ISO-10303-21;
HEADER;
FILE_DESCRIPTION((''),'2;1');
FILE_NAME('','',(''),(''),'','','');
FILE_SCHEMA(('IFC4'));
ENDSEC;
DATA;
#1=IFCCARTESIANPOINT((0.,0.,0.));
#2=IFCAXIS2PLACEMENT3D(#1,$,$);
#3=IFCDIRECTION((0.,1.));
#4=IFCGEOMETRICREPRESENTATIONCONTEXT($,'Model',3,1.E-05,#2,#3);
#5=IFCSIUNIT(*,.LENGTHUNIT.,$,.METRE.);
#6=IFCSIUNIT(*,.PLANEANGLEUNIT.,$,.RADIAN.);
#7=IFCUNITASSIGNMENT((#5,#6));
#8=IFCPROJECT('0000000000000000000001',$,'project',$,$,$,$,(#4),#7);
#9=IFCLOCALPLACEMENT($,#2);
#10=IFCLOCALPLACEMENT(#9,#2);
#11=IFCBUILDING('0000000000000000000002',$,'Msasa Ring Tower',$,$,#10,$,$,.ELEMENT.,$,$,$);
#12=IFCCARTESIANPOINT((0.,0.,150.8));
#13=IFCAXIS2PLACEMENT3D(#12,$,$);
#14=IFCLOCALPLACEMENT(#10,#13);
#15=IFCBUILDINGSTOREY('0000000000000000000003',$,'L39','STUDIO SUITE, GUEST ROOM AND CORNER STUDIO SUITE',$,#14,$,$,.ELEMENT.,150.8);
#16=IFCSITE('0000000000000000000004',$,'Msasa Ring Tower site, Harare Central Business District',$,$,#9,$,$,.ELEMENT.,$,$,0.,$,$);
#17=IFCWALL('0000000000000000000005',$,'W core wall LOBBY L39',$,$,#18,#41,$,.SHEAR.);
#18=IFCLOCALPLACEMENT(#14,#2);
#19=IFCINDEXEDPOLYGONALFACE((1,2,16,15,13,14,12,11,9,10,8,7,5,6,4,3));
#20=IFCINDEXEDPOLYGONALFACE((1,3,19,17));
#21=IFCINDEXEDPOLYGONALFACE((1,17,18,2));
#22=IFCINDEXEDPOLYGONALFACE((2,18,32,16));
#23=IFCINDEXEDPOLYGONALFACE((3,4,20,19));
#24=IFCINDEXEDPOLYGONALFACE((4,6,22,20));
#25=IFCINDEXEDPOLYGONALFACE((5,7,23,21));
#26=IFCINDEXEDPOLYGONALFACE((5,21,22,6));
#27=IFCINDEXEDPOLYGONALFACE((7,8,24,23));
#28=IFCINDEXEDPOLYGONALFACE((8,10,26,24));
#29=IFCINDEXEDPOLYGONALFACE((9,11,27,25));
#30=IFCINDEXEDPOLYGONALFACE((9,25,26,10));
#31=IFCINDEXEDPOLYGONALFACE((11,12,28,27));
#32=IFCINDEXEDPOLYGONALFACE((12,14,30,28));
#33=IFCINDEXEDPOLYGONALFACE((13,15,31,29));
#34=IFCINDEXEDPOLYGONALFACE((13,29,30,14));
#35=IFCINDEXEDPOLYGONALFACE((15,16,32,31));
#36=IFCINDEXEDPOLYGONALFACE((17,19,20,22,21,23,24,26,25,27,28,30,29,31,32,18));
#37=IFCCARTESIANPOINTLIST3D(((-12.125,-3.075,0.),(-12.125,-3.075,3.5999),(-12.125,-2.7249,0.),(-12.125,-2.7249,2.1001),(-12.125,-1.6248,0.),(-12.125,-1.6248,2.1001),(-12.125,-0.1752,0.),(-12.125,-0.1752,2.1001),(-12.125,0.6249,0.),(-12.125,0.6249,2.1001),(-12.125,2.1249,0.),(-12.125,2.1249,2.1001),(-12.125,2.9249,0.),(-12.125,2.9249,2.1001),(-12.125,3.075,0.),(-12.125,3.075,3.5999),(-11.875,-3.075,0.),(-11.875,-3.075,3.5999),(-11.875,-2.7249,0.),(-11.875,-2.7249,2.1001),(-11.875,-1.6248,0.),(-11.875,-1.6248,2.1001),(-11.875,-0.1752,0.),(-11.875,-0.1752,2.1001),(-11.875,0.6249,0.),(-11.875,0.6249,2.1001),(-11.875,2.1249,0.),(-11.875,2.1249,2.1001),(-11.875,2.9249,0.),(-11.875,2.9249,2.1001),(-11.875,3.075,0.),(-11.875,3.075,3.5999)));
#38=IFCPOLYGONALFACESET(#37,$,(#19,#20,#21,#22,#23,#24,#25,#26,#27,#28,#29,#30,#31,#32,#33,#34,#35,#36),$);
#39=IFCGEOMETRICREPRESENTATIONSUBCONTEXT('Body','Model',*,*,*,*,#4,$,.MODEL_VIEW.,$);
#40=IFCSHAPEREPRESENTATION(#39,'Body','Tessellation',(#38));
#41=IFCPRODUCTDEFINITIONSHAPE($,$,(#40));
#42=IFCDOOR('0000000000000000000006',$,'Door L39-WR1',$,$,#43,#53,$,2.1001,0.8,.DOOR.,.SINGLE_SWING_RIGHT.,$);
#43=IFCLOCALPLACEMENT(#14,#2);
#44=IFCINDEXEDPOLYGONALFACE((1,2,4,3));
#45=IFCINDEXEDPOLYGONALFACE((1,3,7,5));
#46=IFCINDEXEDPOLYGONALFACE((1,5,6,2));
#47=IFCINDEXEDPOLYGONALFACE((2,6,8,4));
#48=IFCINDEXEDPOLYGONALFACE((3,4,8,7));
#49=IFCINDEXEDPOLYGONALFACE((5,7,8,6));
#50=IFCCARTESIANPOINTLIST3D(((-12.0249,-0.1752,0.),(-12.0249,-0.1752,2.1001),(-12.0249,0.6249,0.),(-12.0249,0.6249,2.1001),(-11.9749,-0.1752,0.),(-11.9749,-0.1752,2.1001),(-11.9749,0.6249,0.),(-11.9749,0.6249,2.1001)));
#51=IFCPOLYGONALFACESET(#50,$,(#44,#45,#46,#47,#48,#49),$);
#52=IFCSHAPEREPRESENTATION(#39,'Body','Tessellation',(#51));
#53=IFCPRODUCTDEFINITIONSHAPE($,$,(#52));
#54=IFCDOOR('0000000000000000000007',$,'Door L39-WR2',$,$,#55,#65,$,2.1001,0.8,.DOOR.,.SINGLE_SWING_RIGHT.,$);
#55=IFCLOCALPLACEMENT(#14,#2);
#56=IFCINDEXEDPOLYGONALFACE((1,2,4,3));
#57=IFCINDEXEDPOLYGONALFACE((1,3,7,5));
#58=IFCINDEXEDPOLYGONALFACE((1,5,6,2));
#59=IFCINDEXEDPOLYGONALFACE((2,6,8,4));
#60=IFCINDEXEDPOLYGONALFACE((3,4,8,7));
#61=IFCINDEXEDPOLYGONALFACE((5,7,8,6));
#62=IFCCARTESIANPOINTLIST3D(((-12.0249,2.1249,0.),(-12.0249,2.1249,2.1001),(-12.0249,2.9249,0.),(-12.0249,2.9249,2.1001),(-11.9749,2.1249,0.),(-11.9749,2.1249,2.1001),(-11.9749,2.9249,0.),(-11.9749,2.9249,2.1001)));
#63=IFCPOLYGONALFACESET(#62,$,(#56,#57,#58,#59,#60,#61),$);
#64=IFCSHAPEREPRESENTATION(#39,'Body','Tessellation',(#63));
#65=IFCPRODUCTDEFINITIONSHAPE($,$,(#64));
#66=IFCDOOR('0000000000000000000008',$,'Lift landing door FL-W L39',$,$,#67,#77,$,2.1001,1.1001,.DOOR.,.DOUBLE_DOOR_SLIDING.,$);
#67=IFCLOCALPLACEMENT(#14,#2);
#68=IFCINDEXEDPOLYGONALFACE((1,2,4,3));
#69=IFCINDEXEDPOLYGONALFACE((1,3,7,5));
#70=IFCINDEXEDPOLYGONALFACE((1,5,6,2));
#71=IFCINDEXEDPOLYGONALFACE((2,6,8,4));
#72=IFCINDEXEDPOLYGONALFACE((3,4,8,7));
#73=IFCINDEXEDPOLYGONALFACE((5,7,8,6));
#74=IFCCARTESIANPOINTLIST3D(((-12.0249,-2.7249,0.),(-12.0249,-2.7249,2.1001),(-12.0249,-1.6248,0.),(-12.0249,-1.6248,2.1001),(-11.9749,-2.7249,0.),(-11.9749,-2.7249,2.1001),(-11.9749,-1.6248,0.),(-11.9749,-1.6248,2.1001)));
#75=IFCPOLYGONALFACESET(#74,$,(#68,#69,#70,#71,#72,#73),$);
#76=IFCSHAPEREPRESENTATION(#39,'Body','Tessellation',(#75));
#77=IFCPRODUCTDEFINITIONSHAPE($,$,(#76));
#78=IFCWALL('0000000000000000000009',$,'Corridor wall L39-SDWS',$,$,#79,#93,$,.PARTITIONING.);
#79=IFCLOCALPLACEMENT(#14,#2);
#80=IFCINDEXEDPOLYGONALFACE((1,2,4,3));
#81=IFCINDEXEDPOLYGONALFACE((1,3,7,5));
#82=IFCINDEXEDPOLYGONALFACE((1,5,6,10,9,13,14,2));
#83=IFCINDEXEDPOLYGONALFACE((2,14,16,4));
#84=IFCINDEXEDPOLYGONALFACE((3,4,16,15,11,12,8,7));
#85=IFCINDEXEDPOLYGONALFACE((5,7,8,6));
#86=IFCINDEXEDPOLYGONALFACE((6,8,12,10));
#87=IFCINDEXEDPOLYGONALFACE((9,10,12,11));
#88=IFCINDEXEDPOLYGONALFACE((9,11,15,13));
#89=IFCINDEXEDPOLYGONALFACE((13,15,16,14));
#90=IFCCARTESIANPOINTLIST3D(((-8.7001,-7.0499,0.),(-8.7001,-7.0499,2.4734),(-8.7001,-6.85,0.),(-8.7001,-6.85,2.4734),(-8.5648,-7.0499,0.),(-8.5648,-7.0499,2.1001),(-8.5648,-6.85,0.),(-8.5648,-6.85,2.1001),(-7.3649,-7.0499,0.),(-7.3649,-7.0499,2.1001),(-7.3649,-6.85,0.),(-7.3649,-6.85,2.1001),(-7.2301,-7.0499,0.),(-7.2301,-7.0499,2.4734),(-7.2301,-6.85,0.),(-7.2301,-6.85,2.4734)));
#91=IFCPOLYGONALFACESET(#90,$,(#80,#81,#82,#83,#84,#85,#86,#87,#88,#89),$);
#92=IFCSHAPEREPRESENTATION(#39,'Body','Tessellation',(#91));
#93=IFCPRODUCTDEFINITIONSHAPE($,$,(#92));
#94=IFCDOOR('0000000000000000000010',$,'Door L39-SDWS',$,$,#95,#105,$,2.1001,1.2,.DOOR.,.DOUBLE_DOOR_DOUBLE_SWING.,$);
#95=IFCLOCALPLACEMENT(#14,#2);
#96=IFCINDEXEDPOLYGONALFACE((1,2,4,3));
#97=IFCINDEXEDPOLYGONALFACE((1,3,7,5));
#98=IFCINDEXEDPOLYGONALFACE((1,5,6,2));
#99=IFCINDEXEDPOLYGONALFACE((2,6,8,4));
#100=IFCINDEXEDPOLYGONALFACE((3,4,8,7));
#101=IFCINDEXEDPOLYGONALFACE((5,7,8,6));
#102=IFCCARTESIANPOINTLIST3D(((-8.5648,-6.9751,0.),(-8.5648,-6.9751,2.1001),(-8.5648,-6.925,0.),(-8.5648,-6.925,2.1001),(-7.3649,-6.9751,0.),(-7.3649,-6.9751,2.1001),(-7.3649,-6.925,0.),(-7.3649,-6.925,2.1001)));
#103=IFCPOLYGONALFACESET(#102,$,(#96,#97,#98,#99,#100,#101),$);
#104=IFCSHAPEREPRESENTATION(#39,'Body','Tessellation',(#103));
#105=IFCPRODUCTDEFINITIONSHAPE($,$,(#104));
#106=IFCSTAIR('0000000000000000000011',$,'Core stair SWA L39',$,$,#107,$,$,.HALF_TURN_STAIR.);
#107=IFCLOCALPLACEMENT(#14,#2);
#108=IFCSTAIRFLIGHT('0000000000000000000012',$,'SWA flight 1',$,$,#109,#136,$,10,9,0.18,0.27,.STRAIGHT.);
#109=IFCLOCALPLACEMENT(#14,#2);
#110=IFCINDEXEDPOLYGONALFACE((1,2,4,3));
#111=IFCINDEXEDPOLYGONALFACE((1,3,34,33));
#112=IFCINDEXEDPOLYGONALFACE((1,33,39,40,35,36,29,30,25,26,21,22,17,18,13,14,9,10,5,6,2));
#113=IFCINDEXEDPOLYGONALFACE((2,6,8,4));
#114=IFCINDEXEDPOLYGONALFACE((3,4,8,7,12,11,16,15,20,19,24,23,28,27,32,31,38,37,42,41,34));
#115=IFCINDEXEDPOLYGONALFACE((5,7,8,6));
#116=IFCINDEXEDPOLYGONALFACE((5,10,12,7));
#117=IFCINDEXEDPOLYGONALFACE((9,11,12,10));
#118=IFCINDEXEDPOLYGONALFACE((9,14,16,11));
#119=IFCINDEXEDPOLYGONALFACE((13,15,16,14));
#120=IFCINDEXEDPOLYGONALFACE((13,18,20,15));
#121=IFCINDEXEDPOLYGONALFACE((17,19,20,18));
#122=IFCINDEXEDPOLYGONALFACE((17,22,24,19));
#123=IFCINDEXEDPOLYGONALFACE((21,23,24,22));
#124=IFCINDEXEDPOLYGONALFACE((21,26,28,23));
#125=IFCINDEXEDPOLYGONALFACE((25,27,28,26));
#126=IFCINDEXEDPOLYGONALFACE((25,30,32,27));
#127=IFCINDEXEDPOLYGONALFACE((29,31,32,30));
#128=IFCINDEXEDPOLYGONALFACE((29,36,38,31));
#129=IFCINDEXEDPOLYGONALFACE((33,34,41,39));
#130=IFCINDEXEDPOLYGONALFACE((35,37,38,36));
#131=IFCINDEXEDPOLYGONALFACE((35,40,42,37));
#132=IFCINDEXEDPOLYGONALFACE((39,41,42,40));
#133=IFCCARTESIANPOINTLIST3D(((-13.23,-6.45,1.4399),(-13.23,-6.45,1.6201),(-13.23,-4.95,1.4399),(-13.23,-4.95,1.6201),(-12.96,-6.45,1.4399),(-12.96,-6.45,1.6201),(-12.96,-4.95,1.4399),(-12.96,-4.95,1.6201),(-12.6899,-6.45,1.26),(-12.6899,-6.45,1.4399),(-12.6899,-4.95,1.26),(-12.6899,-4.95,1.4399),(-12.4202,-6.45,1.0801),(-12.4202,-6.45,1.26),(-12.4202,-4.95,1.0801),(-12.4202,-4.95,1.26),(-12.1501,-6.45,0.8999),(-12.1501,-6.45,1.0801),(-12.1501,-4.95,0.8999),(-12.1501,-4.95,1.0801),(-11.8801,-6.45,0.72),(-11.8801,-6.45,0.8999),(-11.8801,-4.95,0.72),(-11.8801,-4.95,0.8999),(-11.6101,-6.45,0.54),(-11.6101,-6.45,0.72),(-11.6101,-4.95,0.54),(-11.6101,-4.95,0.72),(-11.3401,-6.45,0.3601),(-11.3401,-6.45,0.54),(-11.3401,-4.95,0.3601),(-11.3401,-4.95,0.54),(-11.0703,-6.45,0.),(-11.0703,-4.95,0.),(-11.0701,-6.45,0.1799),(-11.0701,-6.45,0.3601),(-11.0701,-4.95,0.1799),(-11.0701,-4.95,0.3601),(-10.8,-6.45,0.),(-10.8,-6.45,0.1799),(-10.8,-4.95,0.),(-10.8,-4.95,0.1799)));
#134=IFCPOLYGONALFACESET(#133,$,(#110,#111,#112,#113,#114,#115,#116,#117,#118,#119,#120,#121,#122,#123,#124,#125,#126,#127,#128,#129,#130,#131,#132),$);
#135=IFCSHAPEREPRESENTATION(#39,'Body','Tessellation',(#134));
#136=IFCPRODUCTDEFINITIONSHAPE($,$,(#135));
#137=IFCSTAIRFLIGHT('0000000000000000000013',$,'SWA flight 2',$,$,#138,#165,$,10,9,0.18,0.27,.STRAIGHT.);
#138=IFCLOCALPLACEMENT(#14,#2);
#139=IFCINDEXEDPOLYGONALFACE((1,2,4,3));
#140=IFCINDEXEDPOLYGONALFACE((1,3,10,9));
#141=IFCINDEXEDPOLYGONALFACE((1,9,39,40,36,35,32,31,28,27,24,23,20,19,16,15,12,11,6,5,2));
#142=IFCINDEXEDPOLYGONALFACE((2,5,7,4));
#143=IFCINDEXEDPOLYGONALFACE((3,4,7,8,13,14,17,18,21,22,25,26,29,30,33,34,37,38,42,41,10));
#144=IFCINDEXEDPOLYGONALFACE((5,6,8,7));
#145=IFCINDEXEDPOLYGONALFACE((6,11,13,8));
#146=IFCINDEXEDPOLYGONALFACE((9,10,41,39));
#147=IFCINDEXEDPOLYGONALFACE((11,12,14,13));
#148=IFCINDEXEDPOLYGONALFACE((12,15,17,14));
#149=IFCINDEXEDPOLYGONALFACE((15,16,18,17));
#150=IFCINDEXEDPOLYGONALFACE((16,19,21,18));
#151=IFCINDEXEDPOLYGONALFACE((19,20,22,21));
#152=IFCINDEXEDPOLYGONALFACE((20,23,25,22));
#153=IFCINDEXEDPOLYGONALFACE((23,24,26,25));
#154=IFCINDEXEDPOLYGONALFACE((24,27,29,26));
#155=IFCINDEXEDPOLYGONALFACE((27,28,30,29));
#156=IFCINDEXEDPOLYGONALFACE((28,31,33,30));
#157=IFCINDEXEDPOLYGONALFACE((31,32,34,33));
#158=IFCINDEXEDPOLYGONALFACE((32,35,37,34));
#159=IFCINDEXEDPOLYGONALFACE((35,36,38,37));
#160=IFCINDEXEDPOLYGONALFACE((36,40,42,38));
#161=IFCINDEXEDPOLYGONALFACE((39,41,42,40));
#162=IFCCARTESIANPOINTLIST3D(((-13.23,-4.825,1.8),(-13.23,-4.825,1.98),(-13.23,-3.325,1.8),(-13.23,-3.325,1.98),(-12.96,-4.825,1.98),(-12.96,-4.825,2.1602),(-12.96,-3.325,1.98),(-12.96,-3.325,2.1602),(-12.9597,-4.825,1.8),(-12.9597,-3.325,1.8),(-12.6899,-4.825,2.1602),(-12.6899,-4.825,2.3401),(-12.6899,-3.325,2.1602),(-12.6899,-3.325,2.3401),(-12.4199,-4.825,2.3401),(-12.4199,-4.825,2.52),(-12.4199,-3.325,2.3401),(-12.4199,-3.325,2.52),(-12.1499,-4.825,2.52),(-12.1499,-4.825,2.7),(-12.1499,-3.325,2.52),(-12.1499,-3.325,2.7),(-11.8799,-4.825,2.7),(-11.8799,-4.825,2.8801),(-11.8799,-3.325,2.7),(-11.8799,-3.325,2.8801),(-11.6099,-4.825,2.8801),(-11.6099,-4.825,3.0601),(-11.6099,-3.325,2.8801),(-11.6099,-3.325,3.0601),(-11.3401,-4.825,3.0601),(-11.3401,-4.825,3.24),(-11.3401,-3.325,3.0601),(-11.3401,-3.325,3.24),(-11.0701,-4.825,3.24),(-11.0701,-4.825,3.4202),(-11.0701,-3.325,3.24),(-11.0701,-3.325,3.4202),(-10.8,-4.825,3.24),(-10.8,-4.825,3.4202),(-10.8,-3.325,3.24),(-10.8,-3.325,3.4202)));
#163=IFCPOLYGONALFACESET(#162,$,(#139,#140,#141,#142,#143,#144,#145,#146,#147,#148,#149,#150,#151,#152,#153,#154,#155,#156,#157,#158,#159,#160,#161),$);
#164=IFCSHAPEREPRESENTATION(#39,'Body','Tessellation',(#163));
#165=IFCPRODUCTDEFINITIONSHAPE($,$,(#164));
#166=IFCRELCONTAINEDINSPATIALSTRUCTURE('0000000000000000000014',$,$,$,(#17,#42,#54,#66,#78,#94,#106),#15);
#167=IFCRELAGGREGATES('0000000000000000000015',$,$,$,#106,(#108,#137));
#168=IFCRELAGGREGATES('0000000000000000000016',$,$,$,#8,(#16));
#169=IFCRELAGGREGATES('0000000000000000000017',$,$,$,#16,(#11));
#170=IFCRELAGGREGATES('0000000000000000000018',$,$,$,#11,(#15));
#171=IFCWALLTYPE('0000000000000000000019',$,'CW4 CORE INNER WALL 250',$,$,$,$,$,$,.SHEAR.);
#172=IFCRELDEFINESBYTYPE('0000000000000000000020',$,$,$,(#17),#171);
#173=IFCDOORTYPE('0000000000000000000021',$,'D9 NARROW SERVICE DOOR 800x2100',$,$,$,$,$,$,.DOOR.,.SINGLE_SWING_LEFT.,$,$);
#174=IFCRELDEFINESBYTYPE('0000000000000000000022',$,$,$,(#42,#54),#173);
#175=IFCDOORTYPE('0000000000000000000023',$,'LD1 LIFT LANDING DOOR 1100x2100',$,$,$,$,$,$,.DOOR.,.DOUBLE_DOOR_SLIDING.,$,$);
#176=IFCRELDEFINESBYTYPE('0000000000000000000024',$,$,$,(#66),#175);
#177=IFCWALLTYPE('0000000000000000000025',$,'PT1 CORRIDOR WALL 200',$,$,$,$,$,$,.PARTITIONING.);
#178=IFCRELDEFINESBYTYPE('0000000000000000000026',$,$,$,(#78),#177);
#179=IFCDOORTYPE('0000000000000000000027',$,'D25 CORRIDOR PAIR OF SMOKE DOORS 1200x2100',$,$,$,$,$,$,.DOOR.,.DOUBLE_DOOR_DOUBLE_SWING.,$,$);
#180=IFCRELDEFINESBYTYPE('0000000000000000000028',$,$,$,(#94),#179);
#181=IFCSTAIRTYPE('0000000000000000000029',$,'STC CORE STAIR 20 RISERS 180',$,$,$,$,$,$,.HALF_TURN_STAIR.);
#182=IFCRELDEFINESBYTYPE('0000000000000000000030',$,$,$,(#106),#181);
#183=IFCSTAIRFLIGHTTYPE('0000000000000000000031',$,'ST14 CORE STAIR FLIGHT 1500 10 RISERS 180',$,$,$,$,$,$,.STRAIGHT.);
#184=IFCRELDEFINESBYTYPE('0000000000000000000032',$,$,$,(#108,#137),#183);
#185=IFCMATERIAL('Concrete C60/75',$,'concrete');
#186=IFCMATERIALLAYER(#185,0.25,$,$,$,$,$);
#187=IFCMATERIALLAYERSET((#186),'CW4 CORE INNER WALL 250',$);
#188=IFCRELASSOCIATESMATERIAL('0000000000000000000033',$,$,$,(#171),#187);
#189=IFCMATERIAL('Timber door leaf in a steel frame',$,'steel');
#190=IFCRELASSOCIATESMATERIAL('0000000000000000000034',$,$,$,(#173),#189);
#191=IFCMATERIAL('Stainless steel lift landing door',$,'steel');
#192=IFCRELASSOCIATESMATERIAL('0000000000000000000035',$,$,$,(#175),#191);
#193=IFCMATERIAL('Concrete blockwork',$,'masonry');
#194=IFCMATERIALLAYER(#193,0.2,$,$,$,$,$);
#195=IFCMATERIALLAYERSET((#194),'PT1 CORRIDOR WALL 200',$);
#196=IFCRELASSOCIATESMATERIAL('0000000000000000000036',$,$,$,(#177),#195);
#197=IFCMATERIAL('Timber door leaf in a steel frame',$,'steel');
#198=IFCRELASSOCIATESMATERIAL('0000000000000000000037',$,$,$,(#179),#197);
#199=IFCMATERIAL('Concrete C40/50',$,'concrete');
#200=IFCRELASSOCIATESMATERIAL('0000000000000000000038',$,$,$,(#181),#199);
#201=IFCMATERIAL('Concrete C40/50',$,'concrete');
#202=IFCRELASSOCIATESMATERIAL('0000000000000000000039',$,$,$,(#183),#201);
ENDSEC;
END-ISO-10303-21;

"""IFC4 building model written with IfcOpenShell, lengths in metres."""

from ifc_helpers import new_model, si_unit, direction, frame, frame_2d, origin, place, context, subcontext, project, spatial, polyline, rectangle, outline, extrude, material, layer, layer_set, type_object, element, fill, aggregate, save


model = new_model("IFC4")

# Units and contexts
model_context = context("Model", 3, precision=1e-05, world=origin(), true_north=direction((0.0, 1.0)))
body_context = subcontext(model_context, "Body", "Model", "MODEL_VIEW")
ifc_project = project(units=[si_unit("LENGTHUNIT", "METRE"), si_unit("PLANEANGLEUNIT", "RADIAN")], contexts=[model_context])

# Site, building, storey
site_placement = place(None, origin())
site = spatial("IfcSite", under=ifc_project, at=site_placement, Name="Msasa Ring Tower site, Harare Central Business District", CompositionType="ELEMENT", RefElevation=0.0)
building_placement = place(site_placement, origin())
building = spatial("IfcBuilding", under=site, at=building_placement, Name="Msasa Ring Tower", CompositionType="ELEMENT")
storey_placement = place(building_placement, frame((0.0, 0.0, 150.8)))
storey = spatial("IfcBuildingStorey", under=building, at=storey_placement, Name="L39", Description="STUDIO SUITE, GUEST ROOM AND CORNER STUDIO SUITE", CompositionType="ELEMENT", Elevation=150.8)

# Shared definitions
ifc_material_1 = material(Name="Concrete C60/75", Category="concrete")
ifc_layer_1 = layer(ifc_material_1, 0.25)
ifc_layer_set_1 = layer_set([ifc_layer_1], Name="CW4 CORE INNER WALL 250")
wall_type_1 = type_object("IfcWallType", Name="CW4 CORE INNER WALL 250", PredefinedType="SHEAR", material=ifc_layer_set_1)

# Wall, openings, doors
wall_1_placement = place(storey_placement, frame((-12.0, -3.075, 0.0), z_axis=(0.0, 0.0, 1.0), x_axis=(0.0, 1.0, 0.0)))
wall_1 = element("IfcWall", 1, at=wall_1_placement, inside=storey, type_object=wall_type_1, Name="W core wall LOBBY L39", PredefinedType="SHEAR", context=body_context, shape_type="SweptSolid", body=[
    extrude(rectangle(XDim=6.1499, YDim=0.25, at=frame_2d((3.075, 0.0))), origin(), (0.0, 0.0, 1.0), 3.5999),
])
opening_1_placement = place(wall_1_placement, frame((2.8999, 0.0, 0.0)))
opening_1 = element("IfcOpeningElement", 2, at=opening_1_placement, cuts=wall_1, PredefinedType="OPENING", context=body_context, shape_type="SweptSolid", body=[
    extrude(rectangle(XDim=0.8, YDim=2.1001, at=frame_2d((0.3999, 1.05))), frame((0.0, 0.135, 0.0), z_axis=(0.0, -1.0, 0.0), x_axis=(1.0, 0.0, 0.0)), (0.0, 0.0, 1.0), 0.27),
])
opening_2_placement = place(wall_1_placement, frame((5.2, 0.0, 0.0)))
opening_2 = element("IfcOpeningElement", 3, at=opening_2_placement, cuts=wall_1, PredefinedType="OPENING", context=body_context, shape_type="SweptSolid", body=[
    extrude(rectangle(XDim=0.8, YDim=2.1001, at=frame_2d((0.3999, 1.05))), frame((0.0, 0.135, 0.0), z_axis=(0.0, -1.0, 0.0), x_axis=(1.0, 0.0, 0.0)), (0.0, 0.0, 1.0), 0.27),
])
opening_3_placement = place(wall_1_placement, frame((0.3501, 0.0, 0.0)))
opening_3 = element("IfcOpeningElement", 4, at=opening_3_placement, cuts=wall_1, PredefinedType="OPENING", context=body_context, shape_type="SweptSolid", body=[
    extrude(rectangle(XDim=1.1001, YDim=2.1001, at=frame_2d((0.55, 1.05))), frame((0.0, 0.135, 0.0), z_axis=(0.0, -1.0, 0.0), x_axis=(1.0, 0.0, 0.0)), (0.0, 0.0, 1.0), 0.27),
])
ifc_material_2 = material(Name="Timber door leaf in a steel frame", Category="steel")
door_type_1 = type_object("IfcDoorType", Name="D9 NARROW SERVICE DOOR 800x2100", OperationType="SINGLE_SWING_LEFT", PredefinedType="DOOR", material=ifc_material_2)
door_1_placement = place(opening_1_placement, origin())
door_1 = element("IfcDoor", 5, at=door_1_placement, inside=storey, type_object=door_type_1, Name="Door L39-WR1", OperationType="SINGLE_SWING_RIGHT", OverallHeight=2.1001, OverallWidth=0.8, PredefinedType="DOOR", context=body_context, shape_type="SweptSolid", body=[
    extrude(rectangle(XDim=0.8, YDim=2.1001, at=frame_2d((0.3999, 1.05))), frame((0.0, 0.0249, 0.0), z_axis=(0.0, -1.0, 0.0), x_axis=(1.0, 0.0, 0.0)), (0.0, 0.0, 1.0), 0.05),
])
fill(opening_1, door_1)
door_2_placement = place(opening_2_placement, origin())
door_2 = element("IfcDoor", 6, at=door_2_placement, inside=storey, type_object=door_type_1, Name="Door L39-WR2", OperationType="SINGLE_SWING_RIGHT", OverallHeight=2.1001, OverallWidth=0.8, PredefinedType="DOOR", context=body_context, shape_type="SweptSolid", body=[
    extrude(rectangle(XDim=0.8, YDim=2.1001, at=frame_2d((0.3999, 1.05))), frame((0.0, 0.0249, 0.0), z_axis=(0.0, -1.0, 0.0), x_axis=(1.0, 0.0, 0.0)), (0.0, 0.0, 1.0), 0.05),
])
fill(opening_2, door_2)
ifc_material_3 = material(Name="Stainless steel lift landing door", Category="steel")
door_type_2 = type_object("IfcDoorType", Name="LD1 LIFT LANDING DOOR 1100x2100", OperationType="DOUBLE_DOOR_SLIDING", PredefinedType="DOOR", material=ifc_material_3)
door_3_placement = place(opening_3_placement, origin())
door_3 = element("IfcDoor", 7, at=door_3_placement, inside=storey, type_object=door_type_2, Name="Lift landing door FL-W L39", OperationType="DOUBLE_DOOR_SLIDING", OverallHeight=2.1001, OverallWidth=1.1001, PredefinedType="DOOR", context=body_context, shape_type="SweptSolid", body=[
    extrude(rectangle(XDim=1.1001, YDim=2.1001, at=frame_2d((0.55, 1.05))), frame((0.0, 0.0249, 0.0), z_axis=(0.0, -1.0, 0.0), x_axis=(1.0, 0.0, 0.0)), (0.0, 0.0, 1.0), 0.05),
])
fill(opening_3, door_3)

# Wall, opening, door
ifc_material_4 = material(Name="Concrete blockwork", Category="masonry")
ifc_layer_2 = layer(ifc_material_4, 0.2)
ifc_layer_set_2 = layer_set([ifc_layer_2], Name="PT1 CORRIDOR WALL 200")
wall_type_2 = type_object("IfcWallType", Name="PT1 CORRIDOR WALL 200", PredefinedType="PARTITIONING", material=ifc_layer_set_2)
wall_2_placement = place(storey_placement, frame((-8.7, -6.95, 0.0), z_axis=(0.0, 0.0, 1.0), x_axis=(1.0, 0.0, 0.0)))
wall_2 = element("IfcWall", 8, at=wall_2_placement, inside=storey, type_object=wall_type_2, Name="Corridor wall L39-SDWS", PredefinedType="PARTITIONING", context=body_context, shape_type="SweptSolid", body=[
    extrude(rectangle(XDim=1.47, YDim=0.2, at=frame_2d((0.7349, 0.0))), origin(), (0.0, 0.0, 1.0), 2.4734),
])
opening_4_placement = place(wall_2_placement, frame((0.135, 0.0, 0.0)))
opening_4 = element("IfcOpeningElement", 9, at=opening_4_placement, cuts=wall_2, PredefinedType="OPENING", context=body_context, shape_type="SweptSolid", body=[
    extrude(rectangle(XDim=1.2, YDim=2.1001, at=frame_2d((0.6001, 1.05))), frame((0.0, 0.1099, 0.0), z_axis=(0.0, -1.0, 0.0), x_axis=(1.0, 0.0, 0.0)), (0.0, 0.0, 1.0), 0.22),
])
ifc_material_5 = material(Name="Timber door leaf in a steel frame", Category="steel")
door_type_3 = type_object("IfcDoorType", Name="D25 CORRIDOR PAIR OF SMOKE DOORS 1200x2100", OperationType="DOUBLE_DOOR_DOUBLE_SWING", PredefinedType="DOOR", material=ifc_material_5)
door_4_placement = place(opening_4_placement, origin())
door_4 = element("IfcDoor", 10, at=door_4_placement, inside=storey, type_object=door_type_3, Name="Door L39-SDWS", OperationType="DOUBLE_DOOR_DOUBLE_SWING", OverallHeight=2.1001, OverallWidth=1.2, PredefinedType="DOOR", context=body_context, shape_type="SweptSolid", body=[
    extrude(rectangle(XDim=1.2, YDim=2.1001, at=frame_2d((0.6001, 1.05))), frame((0.0, 0.0249, 0.0), z_axis=(0.0, -1.0, 0.0), x_axis=(1.0, 0.0, 0.0)), (0.0, 0.0, 1.0), 0.05),
])
fill(opening_4, door_4)

# Stair, stair flights
ifc_material_6 = material(Name="Concrete C40/50", Category="concrete")
stair_type = type_object("IfcStairType", Name="STC CORE STAIR 20 RISERS 180", PredefinedType="HALF_TURN_STAIR", material=ifc_material_6)
stair_placement = place(storey_placement, origin())
stair = element("IfcStair", 11, at=stair_placement, inside=storey, type_object=stair_type, Name="Core stair SWA L39", PredefinedType="HALF_TURN_STAIR")
ifc_material_7 = material(Name="Concrete C40/50", Category="concrete")
stair_flight_type = type_object("IfcStairFlightType", Name="ST14 CORE STAIR FLIGHT 1500 10 RISERS 180", PredefinedType="STRAIGHT", material=ifc_material_7)
stair_flight_1_placement = place(storey_placement, frame((-10.8, -5.7, 0.0), z_axis=(0.0, 0.0, 1.0), x_axis=(-1.0, 0.0, 0.0)))
stair_flight_1 = element("IfcStairFlight", 12, at=stair_flight_1_placement, type_object=stair_flight_type, Name="SWA flight 1", NumberOfRisers=10, NumberOfTreads=9, PredefinedType="STRAIGHT", RiserHeight=0.18, TreadLength=0.27, context=body_context, shape_type="SweptSolid", body=[
    extrude(outline(polyline([(0.0, 0.0), (0.0, 0.1799), (0.27, 0.1799), (0.27, 0.3601), (0.54, 0.3601), (0.54, 0.54), (0.8101, 0.54), (0.8101, 0.72), (1.0801, 0.72), (1.0801, 0.8999), (1.3501, 0.8999), (1.3501, 1.0801), (1.6201, 1.0801), (1.6201, 1.26), (1.8899, 1.26), (1.8899, 1.4399), (2.1599, 1.4399), (2.1599, 1.6201), (2.4299, 1.6201), (2.4299, 1.8), (2.4299, 1.4399), (0.2703, 0.0), (0.0, 0.0)])), frame((0.0, 0.75, 0.0), z_axis=(0.0, -1.0, 0.0), x_axis=(1.0, 0.0, 0.0)), (0.0, 0.0, 1.0), 1.5),
])
stair_flight_2_placement = place(storey_placement, frame((-13.23, -4.075, 1.8), z_axis=(0.0, 0.0, 1.0), x_axis=(1.0, 0.0, 0.0)))
stair_flight_2 = element("IfcStairFlight", 13, at=stair_flight_2_placement, type_object=stair_flight_type, Name="SWA flight 2", NumberOfRisers=10, NumberOfTreads=9, PredefinedType="STRAIGHT", RiserHeight=0.18, TreadLength=0.27, context=body_context, shape_type="SweptSolid", body=[
    extrude(outline(polyline([(0.0, 0.0), (0.0, 0.1799), (0.27, 0.1799), (0.27, 0.3601), (0.54, 0.3601), (0.54, 0.54), (0.8101, 0.54), (0.8101, 0.72), (1.0801, 0.72), (1.0801, 0.8999), (1.3501, 0.8999), (1.3501, 1.0801), (1.6201, 1.0801), (1.6201, 1.26), (1.8899, 1.26), (1.8899, 1.4399), (2.1599, 1.4399), (2.1599, 1.6201), (2.4299, 1.6201), (2.4299, 1.8), (2.4299, 1.4399), (0.2703, 0.0), (0.0, 0.0)])), frame((0.0, 0.75, 0.0), z_axis=(0.0, -1.0, 0.0), x_axis=(1.0, 0.0, 0.0)), (0.0, 0.0, 1.0), 1.5),
])
aggregate(stair, [stair_flight_1, stair_flight_2])

save(model, "model.ifc")
